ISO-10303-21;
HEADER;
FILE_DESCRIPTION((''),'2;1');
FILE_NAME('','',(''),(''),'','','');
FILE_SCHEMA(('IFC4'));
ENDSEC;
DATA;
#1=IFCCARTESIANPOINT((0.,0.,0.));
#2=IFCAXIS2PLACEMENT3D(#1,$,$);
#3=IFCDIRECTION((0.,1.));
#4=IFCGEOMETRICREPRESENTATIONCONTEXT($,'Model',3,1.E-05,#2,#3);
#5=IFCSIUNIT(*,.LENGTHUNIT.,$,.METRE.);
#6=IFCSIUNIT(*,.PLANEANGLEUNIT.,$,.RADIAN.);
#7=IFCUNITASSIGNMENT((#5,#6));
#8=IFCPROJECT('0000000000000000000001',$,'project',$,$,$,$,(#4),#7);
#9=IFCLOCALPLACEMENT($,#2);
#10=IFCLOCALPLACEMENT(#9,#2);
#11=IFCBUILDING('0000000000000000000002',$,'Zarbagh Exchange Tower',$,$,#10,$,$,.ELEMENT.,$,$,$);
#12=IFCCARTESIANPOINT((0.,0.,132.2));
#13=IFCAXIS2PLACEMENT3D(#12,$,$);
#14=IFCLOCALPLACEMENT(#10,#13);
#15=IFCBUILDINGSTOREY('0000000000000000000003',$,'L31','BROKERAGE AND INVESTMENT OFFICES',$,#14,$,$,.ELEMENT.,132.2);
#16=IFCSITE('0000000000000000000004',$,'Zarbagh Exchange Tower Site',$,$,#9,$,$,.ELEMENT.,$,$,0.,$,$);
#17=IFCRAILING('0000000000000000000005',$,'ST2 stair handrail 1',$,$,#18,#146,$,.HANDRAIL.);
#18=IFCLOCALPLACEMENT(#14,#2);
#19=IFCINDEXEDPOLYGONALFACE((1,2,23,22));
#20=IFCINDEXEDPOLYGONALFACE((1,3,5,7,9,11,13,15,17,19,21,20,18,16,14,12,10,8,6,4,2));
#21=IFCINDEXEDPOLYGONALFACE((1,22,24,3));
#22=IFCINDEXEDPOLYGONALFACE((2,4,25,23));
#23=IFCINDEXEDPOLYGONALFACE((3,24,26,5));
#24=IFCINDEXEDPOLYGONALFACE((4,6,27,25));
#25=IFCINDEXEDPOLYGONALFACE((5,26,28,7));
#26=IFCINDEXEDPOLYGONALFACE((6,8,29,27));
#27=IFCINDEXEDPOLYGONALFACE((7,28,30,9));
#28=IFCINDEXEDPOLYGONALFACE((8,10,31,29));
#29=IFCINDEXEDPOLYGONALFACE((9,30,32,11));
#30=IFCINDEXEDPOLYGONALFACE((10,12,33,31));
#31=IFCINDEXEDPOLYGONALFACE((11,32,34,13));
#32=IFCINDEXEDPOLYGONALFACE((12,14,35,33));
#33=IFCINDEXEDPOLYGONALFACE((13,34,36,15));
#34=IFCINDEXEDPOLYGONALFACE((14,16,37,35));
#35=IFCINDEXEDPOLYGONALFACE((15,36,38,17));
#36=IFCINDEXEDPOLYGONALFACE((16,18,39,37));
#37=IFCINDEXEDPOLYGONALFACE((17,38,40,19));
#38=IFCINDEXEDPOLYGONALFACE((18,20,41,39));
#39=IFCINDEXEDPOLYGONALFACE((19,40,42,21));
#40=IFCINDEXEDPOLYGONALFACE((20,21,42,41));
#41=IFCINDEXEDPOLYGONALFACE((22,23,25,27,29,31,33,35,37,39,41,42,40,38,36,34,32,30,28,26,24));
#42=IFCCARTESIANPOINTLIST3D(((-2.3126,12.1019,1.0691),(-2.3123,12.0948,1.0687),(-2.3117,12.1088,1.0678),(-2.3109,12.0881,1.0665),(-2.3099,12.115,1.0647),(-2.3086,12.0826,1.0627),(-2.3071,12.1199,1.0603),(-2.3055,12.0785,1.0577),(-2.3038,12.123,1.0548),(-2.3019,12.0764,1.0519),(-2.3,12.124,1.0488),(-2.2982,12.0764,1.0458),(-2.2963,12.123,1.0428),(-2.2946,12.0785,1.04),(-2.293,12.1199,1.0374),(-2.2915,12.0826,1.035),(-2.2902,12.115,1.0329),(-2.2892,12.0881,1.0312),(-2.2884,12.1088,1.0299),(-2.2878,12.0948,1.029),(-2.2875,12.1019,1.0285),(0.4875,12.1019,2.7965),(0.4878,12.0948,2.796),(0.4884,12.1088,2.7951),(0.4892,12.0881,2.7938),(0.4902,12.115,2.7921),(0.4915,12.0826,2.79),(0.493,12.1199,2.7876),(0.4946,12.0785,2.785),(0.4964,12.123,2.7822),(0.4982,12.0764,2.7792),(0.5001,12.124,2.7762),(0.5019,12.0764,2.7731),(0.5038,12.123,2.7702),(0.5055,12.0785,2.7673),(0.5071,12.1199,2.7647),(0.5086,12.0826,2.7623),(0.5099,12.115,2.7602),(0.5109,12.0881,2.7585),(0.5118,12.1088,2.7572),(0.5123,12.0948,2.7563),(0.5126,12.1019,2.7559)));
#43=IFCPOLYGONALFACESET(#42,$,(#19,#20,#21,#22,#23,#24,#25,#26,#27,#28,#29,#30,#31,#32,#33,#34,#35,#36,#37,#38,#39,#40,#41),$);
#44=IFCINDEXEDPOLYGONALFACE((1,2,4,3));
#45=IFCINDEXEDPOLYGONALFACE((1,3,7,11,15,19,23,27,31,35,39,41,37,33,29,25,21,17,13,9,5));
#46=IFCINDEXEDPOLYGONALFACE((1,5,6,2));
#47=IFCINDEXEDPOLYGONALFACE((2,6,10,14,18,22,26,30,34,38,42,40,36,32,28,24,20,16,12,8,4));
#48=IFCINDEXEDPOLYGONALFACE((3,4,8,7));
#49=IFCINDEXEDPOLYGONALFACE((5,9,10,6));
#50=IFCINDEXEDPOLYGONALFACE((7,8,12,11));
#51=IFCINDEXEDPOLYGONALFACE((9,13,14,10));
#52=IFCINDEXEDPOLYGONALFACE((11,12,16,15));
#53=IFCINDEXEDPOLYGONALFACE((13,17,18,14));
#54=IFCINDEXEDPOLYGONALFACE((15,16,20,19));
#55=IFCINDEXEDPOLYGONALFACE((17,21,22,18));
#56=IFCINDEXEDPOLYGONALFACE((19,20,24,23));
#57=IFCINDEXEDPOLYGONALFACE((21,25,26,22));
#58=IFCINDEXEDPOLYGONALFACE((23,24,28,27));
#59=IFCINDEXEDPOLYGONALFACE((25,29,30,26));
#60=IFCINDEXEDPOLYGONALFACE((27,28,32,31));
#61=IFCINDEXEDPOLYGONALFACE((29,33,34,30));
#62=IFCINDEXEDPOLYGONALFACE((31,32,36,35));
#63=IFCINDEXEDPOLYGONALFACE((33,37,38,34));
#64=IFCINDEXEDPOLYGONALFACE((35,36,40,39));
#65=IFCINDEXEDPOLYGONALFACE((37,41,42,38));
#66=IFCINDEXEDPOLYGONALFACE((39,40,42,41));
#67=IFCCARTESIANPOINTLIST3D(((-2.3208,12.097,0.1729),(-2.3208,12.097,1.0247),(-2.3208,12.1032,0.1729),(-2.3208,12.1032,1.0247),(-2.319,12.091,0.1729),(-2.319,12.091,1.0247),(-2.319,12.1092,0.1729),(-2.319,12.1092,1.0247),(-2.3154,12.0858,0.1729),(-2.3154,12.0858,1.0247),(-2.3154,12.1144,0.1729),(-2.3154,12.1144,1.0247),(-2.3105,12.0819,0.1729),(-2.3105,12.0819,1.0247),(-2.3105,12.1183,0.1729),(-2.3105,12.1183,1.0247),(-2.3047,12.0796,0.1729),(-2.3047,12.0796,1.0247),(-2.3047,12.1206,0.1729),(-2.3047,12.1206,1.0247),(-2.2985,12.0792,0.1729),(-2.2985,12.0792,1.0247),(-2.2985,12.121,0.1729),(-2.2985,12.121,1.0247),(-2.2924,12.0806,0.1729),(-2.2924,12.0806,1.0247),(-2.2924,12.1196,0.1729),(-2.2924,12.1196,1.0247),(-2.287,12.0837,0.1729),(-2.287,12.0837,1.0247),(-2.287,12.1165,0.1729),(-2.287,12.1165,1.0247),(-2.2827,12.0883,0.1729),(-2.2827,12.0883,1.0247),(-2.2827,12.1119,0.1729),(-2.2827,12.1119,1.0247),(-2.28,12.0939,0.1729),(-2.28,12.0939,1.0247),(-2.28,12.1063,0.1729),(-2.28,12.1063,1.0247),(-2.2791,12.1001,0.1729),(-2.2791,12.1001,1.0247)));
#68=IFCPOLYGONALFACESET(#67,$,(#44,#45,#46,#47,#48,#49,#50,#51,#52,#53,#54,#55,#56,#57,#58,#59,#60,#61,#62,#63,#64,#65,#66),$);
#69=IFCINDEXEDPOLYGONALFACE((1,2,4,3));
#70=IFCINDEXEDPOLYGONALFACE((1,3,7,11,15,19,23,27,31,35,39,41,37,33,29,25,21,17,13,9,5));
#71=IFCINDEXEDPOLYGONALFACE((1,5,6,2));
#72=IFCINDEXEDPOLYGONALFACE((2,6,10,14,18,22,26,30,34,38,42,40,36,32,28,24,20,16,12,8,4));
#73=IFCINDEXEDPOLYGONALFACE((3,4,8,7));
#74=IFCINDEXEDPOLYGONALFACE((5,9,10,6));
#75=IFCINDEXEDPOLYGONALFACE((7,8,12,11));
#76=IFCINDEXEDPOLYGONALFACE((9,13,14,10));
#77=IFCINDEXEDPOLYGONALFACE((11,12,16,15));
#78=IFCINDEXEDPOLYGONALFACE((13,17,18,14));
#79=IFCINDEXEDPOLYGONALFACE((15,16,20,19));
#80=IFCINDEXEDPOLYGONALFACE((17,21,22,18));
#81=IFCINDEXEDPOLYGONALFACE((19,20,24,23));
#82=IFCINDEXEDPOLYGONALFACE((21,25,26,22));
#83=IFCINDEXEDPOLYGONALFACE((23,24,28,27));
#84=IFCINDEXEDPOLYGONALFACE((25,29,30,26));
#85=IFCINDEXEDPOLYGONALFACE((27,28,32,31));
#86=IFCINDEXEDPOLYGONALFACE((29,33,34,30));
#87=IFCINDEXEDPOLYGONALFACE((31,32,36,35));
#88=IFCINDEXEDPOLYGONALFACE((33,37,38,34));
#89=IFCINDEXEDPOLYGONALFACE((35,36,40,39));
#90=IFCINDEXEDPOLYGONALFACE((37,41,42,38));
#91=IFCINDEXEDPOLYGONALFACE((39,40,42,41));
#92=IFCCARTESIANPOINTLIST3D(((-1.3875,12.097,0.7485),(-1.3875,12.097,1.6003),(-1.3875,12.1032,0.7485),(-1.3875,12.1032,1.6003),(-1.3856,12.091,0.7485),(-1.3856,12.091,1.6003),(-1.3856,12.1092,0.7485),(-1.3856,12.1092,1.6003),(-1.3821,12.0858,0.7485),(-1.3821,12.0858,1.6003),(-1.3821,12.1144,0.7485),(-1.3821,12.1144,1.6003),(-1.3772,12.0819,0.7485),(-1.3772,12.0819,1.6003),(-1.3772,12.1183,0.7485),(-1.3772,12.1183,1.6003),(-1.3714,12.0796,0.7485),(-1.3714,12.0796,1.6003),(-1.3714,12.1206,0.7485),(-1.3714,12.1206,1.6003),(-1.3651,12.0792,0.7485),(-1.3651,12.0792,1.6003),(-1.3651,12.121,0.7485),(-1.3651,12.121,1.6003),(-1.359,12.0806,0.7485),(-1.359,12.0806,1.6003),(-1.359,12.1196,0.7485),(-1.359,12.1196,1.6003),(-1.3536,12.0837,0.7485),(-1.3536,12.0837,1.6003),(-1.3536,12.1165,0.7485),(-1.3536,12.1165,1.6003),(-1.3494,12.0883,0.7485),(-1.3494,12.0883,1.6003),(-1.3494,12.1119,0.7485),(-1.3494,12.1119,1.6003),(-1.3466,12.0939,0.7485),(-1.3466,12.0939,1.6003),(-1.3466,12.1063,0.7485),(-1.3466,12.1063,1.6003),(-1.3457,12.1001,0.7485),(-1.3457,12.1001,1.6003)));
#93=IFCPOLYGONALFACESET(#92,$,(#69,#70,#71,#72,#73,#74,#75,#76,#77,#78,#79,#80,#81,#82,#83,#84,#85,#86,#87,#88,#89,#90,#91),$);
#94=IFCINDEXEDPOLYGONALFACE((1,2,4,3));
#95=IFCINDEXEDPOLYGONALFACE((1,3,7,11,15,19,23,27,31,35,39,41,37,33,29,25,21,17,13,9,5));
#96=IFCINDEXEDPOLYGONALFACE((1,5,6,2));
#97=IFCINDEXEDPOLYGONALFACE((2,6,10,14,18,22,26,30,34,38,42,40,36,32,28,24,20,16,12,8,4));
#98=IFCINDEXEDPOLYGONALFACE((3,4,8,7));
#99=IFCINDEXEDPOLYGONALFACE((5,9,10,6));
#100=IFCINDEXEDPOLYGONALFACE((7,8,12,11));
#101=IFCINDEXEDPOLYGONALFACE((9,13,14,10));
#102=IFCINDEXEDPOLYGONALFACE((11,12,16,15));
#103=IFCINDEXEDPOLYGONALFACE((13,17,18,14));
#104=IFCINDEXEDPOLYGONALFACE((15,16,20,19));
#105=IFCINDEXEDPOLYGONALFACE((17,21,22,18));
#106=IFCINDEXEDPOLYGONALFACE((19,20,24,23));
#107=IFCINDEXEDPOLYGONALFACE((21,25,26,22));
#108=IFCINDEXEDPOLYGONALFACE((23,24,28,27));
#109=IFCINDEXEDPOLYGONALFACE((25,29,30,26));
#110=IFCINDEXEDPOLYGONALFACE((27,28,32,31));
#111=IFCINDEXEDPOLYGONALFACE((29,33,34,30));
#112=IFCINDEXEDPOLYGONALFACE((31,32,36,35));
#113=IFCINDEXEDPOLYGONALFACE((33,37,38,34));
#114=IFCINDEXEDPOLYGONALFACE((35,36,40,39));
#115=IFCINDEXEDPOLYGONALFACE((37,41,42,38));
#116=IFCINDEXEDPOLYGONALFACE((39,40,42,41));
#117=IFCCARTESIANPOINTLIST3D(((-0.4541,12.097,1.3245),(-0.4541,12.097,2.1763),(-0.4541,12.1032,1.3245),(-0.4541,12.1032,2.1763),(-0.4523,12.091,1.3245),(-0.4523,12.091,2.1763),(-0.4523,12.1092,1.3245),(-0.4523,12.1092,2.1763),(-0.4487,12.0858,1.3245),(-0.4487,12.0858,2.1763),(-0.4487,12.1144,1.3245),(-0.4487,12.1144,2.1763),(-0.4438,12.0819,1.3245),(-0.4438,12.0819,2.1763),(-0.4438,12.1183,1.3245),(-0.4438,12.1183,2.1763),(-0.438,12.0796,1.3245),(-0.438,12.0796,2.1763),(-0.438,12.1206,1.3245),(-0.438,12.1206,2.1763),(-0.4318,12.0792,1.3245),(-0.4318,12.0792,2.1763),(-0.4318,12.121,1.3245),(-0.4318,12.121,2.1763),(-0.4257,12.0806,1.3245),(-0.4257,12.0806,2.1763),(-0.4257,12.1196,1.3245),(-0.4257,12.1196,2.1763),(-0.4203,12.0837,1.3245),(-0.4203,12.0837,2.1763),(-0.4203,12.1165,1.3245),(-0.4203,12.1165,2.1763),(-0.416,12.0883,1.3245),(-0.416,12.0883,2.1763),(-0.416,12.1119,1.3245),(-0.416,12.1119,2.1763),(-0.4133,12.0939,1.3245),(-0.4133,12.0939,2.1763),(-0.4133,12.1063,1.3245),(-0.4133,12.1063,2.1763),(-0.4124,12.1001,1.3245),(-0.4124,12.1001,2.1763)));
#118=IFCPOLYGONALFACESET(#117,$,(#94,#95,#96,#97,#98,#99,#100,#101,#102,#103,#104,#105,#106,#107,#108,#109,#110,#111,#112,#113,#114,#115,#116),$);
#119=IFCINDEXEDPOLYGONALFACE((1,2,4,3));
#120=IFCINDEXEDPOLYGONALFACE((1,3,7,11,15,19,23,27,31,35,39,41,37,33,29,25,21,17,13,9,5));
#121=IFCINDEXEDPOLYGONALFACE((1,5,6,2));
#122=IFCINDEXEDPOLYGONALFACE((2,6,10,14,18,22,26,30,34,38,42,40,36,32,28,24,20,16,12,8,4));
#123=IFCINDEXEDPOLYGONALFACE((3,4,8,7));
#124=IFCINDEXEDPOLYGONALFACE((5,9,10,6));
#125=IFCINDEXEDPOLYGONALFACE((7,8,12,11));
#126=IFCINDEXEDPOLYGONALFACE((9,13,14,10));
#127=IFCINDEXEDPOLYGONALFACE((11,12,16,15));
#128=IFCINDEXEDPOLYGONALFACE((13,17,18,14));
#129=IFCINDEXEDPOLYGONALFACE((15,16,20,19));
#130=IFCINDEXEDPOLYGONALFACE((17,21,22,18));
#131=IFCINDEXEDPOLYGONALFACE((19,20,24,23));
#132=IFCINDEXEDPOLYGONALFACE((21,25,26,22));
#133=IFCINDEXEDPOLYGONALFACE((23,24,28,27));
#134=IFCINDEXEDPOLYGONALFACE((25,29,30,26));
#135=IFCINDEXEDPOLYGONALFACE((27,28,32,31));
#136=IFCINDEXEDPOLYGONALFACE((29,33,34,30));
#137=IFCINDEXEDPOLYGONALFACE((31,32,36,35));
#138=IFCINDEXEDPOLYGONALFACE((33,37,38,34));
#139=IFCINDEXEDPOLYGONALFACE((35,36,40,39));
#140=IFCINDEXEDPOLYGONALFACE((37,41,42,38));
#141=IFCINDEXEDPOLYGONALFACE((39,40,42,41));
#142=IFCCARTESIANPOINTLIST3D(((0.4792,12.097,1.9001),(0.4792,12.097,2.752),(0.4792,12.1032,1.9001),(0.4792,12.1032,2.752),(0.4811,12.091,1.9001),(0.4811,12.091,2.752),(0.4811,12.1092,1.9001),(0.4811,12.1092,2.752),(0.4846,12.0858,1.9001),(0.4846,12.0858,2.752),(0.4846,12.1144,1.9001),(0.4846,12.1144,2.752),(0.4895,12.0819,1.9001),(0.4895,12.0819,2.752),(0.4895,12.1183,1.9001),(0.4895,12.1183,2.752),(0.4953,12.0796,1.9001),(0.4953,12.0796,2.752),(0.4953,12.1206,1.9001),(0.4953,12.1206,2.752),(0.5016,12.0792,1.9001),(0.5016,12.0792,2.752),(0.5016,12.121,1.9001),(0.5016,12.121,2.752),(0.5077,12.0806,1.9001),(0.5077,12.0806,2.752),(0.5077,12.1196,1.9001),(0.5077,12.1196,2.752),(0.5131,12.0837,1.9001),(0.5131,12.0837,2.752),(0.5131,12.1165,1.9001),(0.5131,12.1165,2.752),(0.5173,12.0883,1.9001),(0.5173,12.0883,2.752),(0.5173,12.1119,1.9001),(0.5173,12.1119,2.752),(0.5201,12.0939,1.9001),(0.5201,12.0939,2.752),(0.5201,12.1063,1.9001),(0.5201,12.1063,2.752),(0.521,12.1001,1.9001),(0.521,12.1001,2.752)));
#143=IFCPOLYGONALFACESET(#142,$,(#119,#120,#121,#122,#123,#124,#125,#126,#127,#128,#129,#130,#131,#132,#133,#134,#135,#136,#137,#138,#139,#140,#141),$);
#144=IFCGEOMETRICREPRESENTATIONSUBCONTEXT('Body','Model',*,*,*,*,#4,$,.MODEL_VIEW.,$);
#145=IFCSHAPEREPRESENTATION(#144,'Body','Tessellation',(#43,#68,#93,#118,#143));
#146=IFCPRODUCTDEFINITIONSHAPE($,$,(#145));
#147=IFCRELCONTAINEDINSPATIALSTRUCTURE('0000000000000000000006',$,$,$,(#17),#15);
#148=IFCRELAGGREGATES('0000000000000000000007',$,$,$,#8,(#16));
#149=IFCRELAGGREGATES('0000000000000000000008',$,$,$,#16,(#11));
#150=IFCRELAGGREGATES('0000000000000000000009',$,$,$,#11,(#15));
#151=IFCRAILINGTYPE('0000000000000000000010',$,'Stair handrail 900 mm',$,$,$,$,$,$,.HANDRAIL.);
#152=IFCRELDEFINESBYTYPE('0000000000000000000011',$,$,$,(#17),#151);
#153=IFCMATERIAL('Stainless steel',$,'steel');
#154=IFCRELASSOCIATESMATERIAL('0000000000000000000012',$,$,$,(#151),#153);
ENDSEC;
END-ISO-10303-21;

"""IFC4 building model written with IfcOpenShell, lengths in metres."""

from ifc_helpers import new_model, si_unit, direction, frame, origin, origin_2d, place, context, subcontext, project, spatial, circle, extrude, material, type_object, element, save


model = new_model("IFC4")

# Units and contexts
model_context = context("Model", 3, precision=1e-05, world=origin(), true_north=direction((0.0, 1.0)))
body_context = subcontext(model_context, "Body", "Model", "MODEL_VIEW")
ifc_project = project(units=[si_unit("LENGTHUNIT", "METRE"), si_unit("PLANEANGLEUNIT", "RADIAN")], contexts=[model_context])

# Site, building, storey
site_placement = place(None, origin())
site = spatial("IfcSite", under=ifc_project, at=site_placement, Name="Zarbagh Exchange Tower Site", CompositionType="ELEMENT", RefElevation=0.0)
building_placement = place(site_placement, origin())
building = spatial("IfcBuilding", under=site, at=building_placement, Name="Zarbagh Exchange Tower", CompositionType="ELEMENT")
storey_placement = place(building_placement, frame((0.0, 0.0, 132.2)))
storey = spatial("IfcBuildingStorey", under=building, at=storey_placement, Name="L31", Description="BROKERAGE AND INVESTMENT OFFICES", CompositionType="ELEMENT", Elevation=132.2)

# Shared definitions
ifc_material_1 = material(Name="Stainless steel", Category="steel")

# Railing
railing_type_1 = type_object("IfcRailingType", Name="Stair handrail 900 mm", PredefinedType="HANDRAIL", material=ifc_material_1)
for number, where, name in (
    (1, (-2.3, 12.1001, 0.1729), "ST2 stair handrail 1"),
):
    element("IfcRailing", number, at=place(storey_placement, frame(where)), inside=storey, type_object=railing_type_1, Name=name, PredefinedType="HANDRAIL", context=body_context, shape_type="SweptSolid", body=[
        extrude(circle(Radius=0.0239, at=origin_2d()), frame((0.0, 0.0, 0.876), z_axis=(0.85109, 0.0, 0.52502), x_axis=(0.0, 1.0, 0.0)), (0.0, 0.0, 1.0), 3.29),
        extrude(circle(Radius=0.021, at=origin_2d()), origin(), (0.0, 0.0, 1.0), 0.8518),
        extrude(circle(Radius=0.021, at=origin_2d()), frame((0.9333, 0.0, 0.5757)), (0.0, 0.0, 1.0), 0.8518),
        extrude(circle(Radius=0.021, at=origin_2d()), frame((1.8667, 0.0, 1.1516)), (0.0, 0.0, 1.0), 0.8518),
        extrude(circle(Radius=0.021, at=origin_2d()), frame((2.8, 0.0, 1.7273)), (0.0, 0.0, 1.0), 0.8518),
    ])

save(model, "model.ifc")
